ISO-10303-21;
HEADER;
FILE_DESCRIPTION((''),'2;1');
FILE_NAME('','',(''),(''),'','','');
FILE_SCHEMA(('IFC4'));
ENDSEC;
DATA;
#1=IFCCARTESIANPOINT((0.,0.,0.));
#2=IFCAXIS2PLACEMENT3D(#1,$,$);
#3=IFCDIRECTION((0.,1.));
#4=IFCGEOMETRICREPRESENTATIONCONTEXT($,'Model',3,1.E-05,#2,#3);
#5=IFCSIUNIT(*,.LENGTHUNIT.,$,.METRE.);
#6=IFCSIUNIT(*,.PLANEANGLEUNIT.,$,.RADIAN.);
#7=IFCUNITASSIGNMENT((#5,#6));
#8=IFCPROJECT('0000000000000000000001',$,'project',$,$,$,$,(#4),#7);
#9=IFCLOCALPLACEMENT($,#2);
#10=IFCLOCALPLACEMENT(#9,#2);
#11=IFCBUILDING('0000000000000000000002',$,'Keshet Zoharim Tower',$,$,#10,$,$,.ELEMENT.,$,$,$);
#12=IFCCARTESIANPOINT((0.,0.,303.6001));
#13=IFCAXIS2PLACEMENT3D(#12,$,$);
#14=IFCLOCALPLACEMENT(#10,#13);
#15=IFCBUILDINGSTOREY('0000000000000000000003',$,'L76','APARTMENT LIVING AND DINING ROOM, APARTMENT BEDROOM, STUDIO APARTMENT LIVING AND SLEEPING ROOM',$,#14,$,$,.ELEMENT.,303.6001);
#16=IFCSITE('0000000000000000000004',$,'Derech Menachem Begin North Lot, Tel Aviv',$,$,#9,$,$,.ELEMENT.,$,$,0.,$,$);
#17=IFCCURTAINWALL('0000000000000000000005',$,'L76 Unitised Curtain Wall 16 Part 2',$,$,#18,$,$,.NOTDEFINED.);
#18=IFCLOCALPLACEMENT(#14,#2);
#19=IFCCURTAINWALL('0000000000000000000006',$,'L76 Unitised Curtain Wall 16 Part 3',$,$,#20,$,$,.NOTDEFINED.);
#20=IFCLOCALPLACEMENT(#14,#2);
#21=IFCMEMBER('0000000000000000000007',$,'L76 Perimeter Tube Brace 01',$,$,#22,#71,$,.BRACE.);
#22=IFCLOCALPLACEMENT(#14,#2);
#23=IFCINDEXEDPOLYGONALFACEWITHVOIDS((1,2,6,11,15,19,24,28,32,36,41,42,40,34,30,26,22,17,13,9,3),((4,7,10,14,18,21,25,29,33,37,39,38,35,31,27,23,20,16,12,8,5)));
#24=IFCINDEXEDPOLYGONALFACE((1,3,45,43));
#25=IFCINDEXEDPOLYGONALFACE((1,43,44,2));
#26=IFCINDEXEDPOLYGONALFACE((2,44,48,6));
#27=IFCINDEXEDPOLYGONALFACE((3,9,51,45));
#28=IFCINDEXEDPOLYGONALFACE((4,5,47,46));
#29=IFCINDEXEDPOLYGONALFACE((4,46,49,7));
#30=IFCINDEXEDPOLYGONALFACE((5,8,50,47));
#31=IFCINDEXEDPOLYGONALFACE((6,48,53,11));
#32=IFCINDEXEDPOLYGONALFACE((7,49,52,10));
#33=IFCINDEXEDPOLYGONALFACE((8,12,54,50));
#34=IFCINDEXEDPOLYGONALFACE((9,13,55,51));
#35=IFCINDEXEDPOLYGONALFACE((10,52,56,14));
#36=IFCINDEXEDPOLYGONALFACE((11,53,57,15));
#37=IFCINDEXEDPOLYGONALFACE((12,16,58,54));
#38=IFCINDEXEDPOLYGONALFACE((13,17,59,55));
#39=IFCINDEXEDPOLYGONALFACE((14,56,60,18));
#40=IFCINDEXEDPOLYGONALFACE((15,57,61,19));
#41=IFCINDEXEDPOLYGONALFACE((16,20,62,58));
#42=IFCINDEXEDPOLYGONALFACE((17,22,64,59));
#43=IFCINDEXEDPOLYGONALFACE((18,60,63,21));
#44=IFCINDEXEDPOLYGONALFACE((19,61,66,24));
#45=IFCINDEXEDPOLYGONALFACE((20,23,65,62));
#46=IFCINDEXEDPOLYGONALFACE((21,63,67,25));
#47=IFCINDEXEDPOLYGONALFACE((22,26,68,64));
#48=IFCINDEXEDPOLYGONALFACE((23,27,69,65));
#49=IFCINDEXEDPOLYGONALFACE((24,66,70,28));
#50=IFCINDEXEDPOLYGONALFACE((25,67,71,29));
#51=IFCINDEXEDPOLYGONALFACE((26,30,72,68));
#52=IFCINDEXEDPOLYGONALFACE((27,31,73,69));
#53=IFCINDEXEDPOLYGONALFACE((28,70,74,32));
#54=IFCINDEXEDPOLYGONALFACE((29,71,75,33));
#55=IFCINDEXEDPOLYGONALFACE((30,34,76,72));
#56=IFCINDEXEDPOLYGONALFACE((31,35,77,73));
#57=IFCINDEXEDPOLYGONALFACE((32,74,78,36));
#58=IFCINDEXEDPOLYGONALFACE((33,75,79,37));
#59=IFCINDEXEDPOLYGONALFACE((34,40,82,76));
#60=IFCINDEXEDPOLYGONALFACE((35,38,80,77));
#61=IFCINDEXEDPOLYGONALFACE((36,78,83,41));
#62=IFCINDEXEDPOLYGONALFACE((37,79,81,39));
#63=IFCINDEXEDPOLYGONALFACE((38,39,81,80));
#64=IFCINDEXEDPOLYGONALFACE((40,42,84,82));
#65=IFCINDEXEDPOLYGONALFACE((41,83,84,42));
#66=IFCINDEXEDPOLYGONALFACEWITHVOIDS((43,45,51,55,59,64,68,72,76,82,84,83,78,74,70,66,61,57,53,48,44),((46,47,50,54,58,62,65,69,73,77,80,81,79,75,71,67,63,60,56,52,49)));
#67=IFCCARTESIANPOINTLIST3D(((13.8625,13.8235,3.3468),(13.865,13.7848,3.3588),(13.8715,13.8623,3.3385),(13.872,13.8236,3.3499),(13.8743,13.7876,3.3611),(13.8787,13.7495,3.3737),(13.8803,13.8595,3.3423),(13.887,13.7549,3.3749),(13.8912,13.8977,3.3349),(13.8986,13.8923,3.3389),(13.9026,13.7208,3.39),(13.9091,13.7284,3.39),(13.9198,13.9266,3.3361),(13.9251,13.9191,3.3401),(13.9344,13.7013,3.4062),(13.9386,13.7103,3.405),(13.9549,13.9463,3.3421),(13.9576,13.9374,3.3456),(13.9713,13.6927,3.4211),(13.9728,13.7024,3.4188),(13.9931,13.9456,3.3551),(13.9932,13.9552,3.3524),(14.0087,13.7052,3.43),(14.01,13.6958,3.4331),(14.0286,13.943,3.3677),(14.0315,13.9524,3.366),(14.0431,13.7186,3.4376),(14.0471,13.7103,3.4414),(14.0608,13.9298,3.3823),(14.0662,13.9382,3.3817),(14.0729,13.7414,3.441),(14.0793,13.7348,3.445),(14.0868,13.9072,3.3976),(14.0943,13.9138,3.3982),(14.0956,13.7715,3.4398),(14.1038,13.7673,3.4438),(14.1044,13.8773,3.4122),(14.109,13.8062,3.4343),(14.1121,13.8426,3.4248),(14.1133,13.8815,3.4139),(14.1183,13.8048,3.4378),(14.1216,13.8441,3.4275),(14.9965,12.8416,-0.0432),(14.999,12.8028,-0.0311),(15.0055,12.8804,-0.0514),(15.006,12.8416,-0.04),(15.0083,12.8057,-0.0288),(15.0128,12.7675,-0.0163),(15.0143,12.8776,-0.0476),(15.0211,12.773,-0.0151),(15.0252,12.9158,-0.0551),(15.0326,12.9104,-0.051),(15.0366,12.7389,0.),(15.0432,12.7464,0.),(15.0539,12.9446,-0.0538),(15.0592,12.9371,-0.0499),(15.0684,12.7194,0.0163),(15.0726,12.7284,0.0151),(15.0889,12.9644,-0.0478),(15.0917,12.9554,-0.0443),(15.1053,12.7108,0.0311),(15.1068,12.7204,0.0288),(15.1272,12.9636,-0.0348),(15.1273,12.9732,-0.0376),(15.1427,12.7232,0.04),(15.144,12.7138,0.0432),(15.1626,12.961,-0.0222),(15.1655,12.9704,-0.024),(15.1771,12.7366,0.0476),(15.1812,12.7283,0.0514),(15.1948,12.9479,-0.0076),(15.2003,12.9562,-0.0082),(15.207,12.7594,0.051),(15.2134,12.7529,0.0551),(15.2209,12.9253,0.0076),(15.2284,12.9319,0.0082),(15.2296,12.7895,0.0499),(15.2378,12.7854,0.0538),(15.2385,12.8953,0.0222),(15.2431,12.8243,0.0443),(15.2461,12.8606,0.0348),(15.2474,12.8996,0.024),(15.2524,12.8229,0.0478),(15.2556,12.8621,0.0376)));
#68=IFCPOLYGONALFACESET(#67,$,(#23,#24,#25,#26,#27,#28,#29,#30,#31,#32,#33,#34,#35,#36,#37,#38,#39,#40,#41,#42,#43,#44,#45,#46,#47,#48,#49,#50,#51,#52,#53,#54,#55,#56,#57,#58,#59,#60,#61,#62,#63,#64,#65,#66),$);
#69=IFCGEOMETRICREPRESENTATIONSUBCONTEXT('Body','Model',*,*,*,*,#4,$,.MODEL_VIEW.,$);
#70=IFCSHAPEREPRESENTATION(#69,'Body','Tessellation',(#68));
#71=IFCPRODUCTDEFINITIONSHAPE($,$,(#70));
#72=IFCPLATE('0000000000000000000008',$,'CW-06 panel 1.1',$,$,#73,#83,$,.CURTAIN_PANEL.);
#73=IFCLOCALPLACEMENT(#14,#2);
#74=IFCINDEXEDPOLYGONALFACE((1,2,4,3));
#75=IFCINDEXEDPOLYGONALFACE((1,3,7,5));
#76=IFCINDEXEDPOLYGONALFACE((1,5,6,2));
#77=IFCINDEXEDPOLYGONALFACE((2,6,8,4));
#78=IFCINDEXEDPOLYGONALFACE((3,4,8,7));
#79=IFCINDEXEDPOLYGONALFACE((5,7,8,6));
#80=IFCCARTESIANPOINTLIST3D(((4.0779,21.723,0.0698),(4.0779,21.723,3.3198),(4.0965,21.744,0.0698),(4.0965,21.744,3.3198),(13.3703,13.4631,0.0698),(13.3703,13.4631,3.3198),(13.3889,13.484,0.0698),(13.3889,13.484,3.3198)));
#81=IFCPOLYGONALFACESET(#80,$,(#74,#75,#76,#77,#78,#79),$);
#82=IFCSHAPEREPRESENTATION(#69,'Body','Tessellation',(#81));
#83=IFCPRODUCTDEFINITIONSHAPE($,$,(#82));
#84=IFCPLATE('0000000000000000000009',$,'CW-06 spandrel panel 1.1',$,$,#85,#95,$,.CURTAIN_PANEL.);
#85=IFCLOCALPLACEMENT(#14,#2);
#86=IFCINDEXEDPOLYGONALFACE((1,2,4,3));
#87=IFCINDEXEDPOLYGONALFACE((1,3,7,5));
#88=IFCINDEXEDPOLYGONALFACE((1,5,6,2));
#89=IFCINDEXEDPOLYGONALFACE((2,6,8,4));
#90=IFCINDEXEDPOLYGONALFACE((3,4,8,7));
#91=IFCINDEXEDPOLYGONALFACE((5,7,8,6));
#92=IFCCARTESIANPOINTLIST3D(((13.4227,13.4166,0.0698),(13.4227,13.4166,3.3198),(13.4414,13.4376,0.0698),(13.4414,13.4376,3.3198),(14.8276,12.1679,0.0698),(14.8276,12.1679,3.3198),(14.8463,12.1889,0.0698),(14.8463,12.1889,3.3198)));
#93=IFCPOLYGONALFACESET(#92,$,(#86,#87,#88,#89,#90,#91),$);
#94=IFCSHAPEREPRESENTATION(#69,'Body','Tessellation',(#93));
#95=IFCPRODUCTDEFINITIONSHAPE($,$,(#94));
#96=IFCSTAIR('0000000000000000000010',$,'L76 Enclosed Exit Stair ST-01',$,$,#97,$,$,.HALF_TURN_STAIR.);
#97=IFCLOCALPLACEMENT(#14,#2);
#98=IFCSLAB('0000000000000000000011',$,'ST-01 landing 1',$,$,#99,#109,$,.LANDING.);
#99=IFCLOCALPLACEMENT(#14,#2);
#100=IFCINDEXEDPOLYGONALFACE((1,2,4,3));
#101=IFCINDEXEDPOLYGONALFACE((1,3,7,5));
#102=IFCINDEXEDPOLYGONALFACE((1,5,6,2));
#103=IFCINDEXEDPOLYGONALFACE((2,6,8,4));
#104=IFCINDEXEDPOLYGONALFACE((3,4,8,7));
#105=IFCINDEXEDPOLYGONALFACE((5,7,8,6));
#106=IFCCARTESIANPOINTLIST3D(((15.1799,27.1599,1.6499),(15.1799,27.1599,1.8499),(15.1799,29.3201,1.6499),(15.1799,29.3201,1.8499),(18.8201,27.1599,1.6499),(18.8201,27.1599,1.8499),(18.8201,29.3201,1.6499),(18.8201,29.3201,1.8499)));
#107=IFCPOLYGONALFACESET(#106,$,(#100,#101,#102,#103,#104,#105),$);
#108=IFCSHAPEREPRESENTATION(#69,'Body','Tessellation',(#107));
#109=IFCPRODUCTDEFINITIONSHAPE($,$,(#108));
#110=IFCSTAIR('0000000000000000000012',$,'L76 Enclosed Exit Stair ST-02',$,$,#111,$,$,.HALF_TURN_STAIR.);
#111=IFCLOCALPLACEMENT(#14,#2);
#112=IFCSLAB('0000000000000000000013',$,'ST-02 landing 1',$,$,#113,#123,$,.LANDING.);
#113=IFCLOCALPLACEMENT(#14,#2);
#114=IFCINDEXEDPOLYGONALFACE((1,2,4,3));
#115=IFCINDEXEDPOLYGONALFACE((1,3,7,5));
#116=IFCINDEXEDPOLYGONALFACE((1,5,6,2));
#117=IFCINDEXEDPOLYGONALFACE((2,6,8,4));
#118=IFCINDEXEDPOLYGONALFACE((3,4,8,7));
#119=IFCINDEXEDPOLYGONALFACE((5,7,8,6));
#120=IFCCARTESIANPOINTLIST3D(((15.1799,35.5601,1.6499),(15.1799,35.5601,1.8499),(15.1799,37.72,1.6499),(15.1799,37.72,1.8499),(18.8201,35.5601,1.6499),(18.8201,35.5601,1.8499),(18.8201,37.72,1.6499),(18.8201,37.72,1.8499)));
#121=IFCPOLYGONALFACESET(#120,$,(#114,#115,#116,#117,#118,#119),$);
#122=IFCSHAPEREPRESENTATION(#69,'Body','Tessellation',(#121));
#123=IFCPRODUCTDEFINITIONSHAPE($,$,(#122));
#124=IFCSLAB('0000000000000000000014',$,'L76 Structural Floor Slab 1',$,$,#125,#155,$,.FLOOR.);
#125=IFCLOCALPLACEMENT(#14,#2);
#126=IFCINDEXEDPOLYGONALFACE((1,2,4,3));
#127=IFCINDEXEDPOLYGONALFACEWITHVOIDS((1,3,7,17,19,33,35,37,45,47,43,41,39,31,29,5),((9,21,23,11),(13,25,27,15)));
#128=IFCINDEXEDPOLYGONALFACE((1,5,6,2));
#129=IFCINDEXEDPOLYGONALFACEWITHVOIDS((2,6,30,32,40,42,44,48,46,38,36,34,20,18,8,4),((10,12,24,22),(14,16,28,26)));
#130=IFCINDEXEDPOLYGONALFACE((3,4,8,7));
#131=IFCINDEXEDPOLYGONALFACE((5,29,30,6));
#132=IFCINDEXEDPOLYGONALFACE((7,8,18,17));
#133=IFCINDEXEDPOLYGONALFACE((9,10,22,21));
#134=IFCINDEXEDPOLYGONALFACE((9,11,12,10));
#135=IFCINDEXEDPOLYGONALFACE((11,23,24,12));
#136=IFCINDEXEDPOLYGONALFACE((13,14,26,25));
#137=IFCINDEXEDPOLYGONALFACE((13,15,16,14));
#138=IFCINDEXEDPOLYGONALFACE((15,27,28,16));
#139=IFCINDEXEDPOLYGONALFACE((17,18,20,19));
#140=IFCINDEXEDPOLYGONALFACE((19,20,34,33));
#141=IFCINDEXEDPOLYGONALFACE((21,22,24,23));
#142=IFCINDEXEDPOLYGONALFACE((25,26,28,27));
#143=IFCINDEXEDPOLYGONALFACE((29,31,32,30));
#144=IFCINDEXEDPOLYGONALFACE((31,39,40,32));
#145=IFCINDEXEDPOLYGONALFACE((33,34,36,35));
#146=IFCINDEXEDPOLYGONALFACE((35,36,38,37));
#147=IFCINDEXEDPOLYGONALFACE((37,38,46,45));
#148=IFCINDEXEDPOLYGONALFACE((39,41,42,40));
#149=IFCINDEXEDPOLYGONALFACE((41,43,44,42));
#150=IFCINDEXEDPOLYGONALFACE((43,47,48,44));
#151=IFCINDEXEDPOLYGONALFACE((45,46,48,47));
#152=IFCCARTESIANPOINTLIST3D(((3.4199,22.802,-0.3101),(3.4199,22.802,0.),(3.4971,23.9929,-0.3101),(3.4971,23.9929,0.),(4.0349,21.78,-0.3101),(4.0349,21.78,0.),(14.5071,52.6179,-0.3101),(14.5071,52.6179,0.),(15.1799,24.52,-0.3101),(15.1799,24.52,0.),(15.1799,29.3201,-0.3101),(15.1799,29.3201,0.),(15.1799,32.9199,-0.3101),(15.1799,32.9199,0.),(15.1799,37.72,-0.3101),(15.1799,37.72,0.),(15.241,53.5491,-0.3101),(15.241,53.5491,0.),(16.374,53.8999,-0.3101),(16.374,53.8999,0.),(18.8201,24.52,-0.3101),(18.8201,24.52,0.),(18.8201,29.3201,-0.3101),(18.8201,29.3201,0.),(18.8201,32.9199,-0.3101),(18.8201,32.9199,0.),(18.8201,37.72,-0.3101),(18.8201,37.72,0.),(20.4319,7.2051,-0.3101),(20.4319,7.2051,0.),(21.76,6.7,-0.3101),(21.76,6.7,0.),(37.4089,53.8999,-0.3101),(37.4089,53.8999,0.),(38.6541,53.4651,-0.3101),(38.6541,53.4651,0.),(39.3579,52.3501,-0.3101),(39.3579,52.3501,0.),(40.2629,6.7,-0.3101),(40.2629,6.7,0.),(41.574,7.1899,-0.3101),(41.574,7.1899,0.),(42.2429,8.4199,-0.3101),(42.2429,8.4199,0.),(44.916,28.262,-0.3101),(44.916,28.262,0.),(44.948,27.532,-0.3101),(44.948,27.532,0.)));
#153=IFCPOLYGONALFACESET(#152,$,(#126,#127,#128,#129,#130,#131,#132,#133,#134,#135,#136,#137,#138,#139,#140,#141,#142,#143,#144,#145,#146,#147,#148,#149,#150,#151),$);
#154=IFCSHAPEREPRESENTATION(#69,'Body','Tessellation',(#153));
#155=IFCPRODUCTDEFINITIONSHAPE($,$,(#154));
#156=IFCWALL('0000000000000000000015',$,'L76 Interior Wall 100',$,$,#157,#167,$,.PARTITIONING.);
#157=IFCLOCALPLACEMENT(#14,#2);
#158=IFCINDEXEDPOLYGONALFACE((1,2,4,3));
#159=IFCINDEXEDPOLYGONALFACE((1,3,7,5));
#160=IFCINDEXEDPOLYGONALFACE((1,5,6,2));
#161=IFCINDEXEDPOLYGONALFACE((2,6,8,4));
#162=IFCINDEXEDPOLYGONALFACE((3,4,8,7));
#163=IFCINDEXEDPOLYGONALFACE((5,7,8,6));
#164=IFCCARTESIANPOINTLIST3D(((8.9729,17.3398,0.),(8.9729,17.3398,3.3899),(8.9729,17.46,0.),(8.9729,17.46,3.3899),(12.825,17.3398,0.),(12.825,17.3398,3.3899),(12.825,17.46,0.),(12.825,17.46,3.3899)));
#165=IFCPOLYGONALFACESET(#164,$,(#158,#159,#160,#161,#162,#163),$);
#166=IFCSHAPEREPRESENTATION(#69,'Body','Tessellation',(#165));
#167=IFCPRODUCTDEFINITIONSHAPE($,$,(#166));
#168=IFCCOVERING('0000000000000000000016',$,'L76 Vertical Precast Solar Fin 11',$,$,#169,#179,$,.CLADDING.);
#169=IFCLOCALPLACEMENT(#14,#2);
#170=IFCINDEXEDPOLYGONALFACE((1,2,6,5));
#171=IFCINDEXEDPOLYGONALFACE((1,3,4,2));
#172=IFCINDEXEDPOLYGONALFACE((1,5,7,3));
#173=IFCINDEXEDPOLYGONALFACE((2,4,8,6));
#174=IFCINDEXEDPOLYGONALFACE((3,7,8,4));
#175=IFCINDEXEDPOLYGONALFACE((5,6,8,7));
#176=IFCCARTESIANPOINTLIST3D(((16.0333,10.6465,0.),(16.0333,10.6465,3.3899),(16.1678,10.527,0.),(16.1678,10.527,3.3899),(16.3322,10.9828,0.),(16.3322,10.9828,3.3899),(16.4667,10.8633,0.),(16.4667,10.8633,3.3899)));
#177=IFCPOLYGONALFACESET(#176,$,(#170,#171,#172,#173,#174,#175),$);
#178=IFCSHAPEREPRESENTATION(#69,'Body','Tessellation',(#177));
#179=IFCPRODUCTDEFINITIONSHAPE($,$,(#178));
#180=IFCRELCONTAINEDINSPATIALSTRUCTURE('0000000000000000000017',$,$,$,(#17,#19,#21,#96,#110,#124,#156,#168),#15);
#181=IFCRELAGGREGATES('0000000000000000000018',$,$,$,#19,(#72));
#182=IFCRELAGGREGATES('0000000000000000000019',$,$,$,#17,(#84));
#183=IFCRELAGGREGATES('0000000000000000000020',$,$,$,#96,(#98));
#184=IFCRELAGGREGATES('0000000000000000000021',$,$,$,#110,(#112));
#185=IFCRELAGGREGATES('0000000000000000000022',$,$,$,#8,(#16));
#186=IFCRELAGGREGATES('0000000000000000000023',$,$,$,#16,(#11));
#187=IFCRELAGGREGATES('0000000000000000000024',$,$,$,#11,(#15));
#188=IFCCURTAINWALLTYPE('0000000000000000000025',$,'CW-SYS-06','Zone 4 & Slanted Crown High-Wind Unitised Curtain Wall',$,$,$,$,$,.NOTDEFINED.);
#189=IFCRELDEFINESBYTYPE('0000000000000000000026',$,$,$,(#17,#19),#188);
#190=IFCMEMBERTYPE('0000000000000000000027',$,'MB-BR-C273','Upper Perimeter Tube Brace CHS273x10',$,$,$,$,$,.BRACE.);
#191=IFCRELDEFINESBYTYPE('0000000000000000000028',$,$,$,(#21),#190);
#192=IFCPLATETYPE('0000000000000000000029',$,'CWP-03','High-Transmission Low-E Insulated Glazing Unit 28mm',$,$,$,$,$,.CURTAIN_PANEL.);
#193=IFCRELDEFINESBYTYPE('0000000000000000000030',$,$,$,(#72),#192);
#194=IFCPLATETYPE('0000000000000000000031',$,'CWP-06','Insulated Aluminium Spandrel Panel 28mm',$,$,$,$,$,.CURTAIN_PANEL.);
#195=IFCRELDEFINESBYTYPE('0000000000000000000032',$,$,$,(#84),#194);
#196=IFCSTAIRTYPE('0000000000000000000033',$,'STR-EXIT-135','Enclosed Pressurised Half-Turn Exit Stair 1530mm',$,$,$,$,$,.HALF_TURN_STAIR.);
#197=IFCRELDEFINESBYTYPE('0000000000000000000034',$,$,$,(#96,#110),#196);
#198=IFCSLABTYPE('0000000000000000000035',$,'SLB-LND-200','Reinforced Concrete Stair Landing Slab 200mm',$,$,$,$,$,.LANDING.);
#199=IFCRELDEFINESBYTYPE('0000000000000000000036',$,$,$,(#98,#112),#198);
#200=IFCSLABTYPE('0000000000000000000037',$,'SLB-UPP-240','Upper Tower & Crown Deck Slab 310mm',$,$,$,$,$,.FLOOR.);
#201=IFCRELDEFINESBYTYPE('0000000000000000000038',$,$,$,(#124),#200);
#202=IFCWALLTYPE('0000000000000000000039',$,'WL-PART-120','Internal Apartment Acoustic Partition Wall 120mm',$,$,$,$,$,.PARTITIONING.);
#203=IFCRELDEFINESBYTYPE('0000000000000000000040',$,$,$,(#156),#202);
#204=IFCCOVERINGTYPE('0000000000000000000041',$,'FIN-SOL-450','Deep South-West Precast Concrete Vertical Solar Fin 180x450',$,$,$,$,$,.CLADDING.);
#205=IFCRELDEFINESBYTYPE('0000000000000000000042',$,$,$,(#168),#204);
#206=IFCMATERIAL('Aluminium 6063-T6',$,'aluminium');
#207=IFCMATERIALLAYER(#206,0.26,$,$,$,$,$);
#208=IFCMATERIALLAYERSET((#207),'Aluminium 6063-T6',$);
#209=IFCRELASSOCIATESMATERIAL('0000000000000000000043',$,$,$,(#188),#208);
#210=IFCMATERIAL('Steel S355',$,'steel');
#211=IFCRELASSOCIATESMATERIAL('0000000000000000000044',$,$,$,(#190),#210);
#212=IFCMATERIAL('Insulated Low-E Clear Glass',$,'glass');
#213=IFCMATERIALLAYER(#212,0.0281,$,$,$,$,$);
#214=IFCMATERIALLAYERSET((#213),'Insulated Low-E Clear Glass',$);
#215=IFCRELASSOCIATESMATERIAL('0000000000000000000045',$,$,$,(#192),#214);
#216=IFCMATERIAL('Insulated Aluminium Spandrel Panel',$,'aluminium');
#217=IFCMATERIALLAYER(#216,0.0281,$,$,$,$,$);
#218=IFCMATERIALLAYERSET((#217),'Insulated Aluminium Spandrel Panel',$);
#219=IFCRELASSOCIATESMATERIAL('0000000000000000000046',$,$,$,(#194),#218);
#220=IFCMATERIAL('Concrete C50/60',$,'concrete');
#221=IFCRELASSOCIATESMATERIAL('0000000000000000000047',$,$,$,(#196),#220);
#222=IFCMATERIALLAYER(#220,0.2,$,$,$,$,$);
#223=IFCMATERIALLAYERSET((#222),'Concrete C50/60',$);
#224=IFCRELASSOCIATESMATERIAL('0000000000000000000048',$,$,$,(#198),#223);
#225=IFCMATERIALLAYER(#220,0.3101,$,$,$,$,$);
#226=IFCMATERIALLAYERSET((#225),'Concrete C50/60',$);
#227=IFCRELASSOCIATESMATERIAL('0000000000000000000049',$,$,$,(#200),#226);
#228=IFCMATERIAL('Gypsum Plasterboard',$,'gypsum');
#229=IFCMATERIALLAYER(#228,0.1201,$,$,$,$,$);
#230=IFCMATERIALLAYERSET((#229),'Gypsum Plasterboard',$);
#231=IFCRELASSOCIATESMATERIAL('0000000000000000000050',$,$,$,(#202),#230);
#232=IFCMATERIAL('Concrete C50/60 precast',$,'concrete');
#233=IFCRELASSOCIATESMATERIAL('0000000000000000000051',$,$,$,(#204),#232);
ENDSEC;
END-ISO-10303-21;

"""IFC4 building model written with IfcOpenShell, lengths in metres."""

from ifc_helpers import new_model, si_unit, direction, frame, frame_2d, origin, origin_2d, place, context, subcontext, project, spatial, polyline, rectangle, hollow_circle, outline, extrude, material, layer, layer_set, material_profile, profile_set, type_object, element, aggregate, save


model = new_model("IFC4")

# Units and contexts
model_context = context("Model", 3, precision=1e-05, world=origin(), true_north=direction((0.0, 1.0)))
body_context = subcontext(model_context, "Body", "Model", "MODEL_VIEW")
ifc_project = project(units=[si_unit("LENGTHUNIT", "METRE"), si_unit("PLANEANGLEUNIT", "RADIAN")], contexts=[model_context])

# Site, building, storey
site_placement = place(None, origin())
site = spatial("IfcSite", under=ifc_project, at=site_placement, Name="Derech Menachem Begin North Lot, Tel Aviv", CompositionType="ELEMENT", RefElevation=0.0)
building_placement = place(site_placement, origin())
building = spatial("IfcBuilding", under=site, at=building_placement, Name="Keshet Zoharim Tower", CompositionType="ELEMENT")
storey_placement = place(building_placement, frame((0.0, 0.0, 303.6001)))
storey = spatial("IfcBuildingStorey", under=building, at=storey_placement, Name="L76", Description="APARTMENT LIVING AND DINING ROOM, APARTMENT BEDROOM, STUDIO APARTMENT LIVING AND SLEEPING ROOM", CompositionType="ELEMENT", Elevation=303.6001)

# Shared definitions
ifc_material_1 = material(Name="Steel S355", Category="steel")
ifc_material_2 = material(Name="Concrete C50/60", Category="concrete")

# Shared definitions
ifc_material_3 = material(Name="Aluminium 6063-T6", Category="aluminium")
ifc_layer_1 = layer(ifc_material_3, 0.26)
ifc_layer_set_1 = layer_set([ifc_layer_1], Name="Aluminium 6063-T6")
curtain_wall_type = type_object("IfcCurtainWallType", Name="CW-SYS-06", Description="Zone 4 & Slanted Crown High-Wind Unitised Curtain Wall", PredefinedType="NOTDEFINED", material=ifc_layer_set_1)

# Curtain walls
curtain_wall_1_placement = place(storey_placement, origin())
curtain_wall_1 = element("IfcCurtainWall", 1, at=curtain_wall_1_placement, inside=storey, type_object=curtain_wall_type, Name="L76 Unitised Curtain Wall 16 Part 2", PredefinedType="NOTDEFINED")
curtain_wall_2_placement = place(storey_placement, origin())
curtain_wall_2 = element("IfcCurtainWall", 2, at=curtain_wall_2_placement, inside=storey, type_object=curtain_wall_type, Name="L76 Unitised Curtain Wall 16 Part 3", PredefinedType="NOTDEFINED")

# Member
ifc_material_profile_1 = material_profile(ifc_material_1, hollow_circle(Radius=0.1365, WallThickness=0.01, at=origin_2d()), Name="CHS273x10")
ifc_profile_set_1 = profile_set([ifc_material_profile_1], Name="Steel S355")
member_type_1 = type_object("IfcMemberType", Name="MB-BR-C273", Description="Upper Perimeter Tube Brace CHS273x10", PredefinedType="BRACE", material=ifc_profile_set_1)
member_1_placement = place(storey_placement, frame((15.126, 12.842, 0.0), z_axis=(-0.30592, 0.264889, 0.914466), x_axis=(-0.65459, -0.755984, 0.0)))
element("IfcMember", 3, at=member_1_placement, inside=storey, type_object=member_type_1, Name="L76 Perimeter Tube Brace 01", PredefinedType="BRACE", context=body_context, shape_type="SweptSolid", body=[
    extrude(hollow_circle(Radius=0.1365, WallThickness=0.01, at=origin_2d()), origin(), (0.0, 0.0, 1.0), 3.707),
])

# Plates
ifc_material_4 = material(Name="Insulated Low-E Clear Glass", Category="glass")
ifc_layer_2 = layer(ifc_material_4, 0.0281)
ifc_layer_set_2 = layer_set([ifc_layer_2], Name="Insulated Low-E Clear Glass")
plate_type_1 = type_object("IfcPlateType", Name="CWP-03", Description="High-Transmission Low-E Insulated Glazing Unit 28mm", PredefinedType="CURTAIN_PANEL", material=ifc_layer_set_2)
plate_1_placement = place(storey_placement, frame((8.7334, 17.6035, 0.0698), z_axis=(0.0, 0.0, 1.0), x_axis=(-0.747409, 0.664364, 0.0)))
plate_1 = element("IfcPlate", 4, at=plate_1_placement, type_object=plate_type_1, Name="CW-06 panel 1.1", PredefinedType="CURTAIN_PANEL", context=body_context, shape_type="SweptSolid", body=[
    extrude(rectangle(XDim=12.4329, YDim=0.0281, at=origin_2d()), origin(), (0.0, 0.0, 1.0), 3.25),
])
aggregate(curtain_wall_2, [plate_1])
ifc_material_5 = material(Name="Insulated Aluminium Spandrel Panel", Category="aluminium")
ifc_layer_3 = layer(ifc_material_5, 0.0281)
ifc_layer_set_3 = layer_set([ifc_layer_3], Name="Insulated Aluminium Spandrel Panel")
plate_type_2 = type_object("IfcPlateType", Name="CWP-06", Description="Insulated Aluminium Spandrel Panel 28mm", PredefinedType="CURTAIN_PANEL", material=ifc_layer_set_3)
plate_2_placement = place(storey_placement, frame((14.1345, 12.8027, 0.0698), z_axis=(0.0, 0.0, 1.0), x_axis=(-0.747432, 0.664338, 0.0)))
plate_2 = element("IfcPlate", 5, at=plate_2_placement, type_object=plate_type_2, Name="CW-06 spandrel panel 1.1", PredefinedType="CURTAIN_PANEL", context=body_context, shape_type="SweptSolid", body=[
    extrude(rectangle(XDim=1.8796, YDim=0.0281, at=origin_2d()), origin(), (0.0, 0.0, 1.0), 3.25),
])
aggregate(curtain_wall_1, [plate_2])

# Stairs, slabs
stair_type = type_object("IfcStairType", Name="STR-EXIT-135", Description="Enclosed Pressurised Half-Turn Exit Stair 1530mm", PredefinedType="HALF_TURN_STAIR", material=ifc_material_2)
stair_1_placement = place(storey_placement, origin())
stair_1 = element("IfcStair", 6, at=stair_1_placement, inside=storey, type_object=stair_type, Name="L76 Enclosed Exit Stair ST-01", PredefinedType="HALF_TURN_STAIR")
ifc_layer_4 = layer(ifc_material_2, 0.2)
ifc_layer_set_4 = layer_set([ifc_layer_4], Name="Concrete C50/60")
slab_type_1 = type_object("IfcSlabType", Name="SLB-LND-200", Description="Reinforced Concrete Stair Landing Slab 200mm", PredefinedType="LANDING", material=ifc_layer_set_4)
slab_1_placement = place(storey_placement, frame((0.0, 0.0, 1.6499)))
slab_1 = element("IfcSlab", 7, at=slab_1_placement, type_object=slab_type_1, Name="ST-01 landing 1", PredefinedType="LANDING", context=body_context, shape_type="SweptSolid", body=[
    extrude(outline(polyline([(15.1799, 27.1599), (18.8201, 27.1599), (18.8201, 29.3201), (15.1799, 29.3201), (15.1799, 27.1599)])), origin(), (0.0, 0.0, 1.0), 0.2),
])
aggregate(stair_1, [slab_1])
stair_2_placement = place(storey_placement, origin())
stair_2 = element("IfcStair", 8, at=stair_2_placement, inside=storey, type_object=stair_type, Name="L76 Enclosed Exit Stair ST-02", PredefinedType="HALF_TURN_STAIR")
slab_2_placement = place(storey_placement, frame((0.0, 0.0, 1.6499)))
slab_2 = element("IfcSlab", 9, at=slab_2_placement, type_object=slab_type_1, Name="ST-02 landing 1", PredefinedType="LANDING", context=body_context, shape_type="SweptSolid", body=[
    extrude(outline(polyline([(15.1799, 35.5601), (18.8201, 35.5601), (18.8201, 37.72), (15.1799, 37.72), (15.1799, 35.5601)])), origin(), (0.0, 0.0, 1.0), 0.2),
])
aggregate(stair_2, [slab_2])

# Slab
ifc_layer_5 = layer(ifc_material_2, 0.3101)
ifc_layer_set_5 = layer_set([ifc_layer_5], Name="Concrete C50/60")
slab_type_2 = type_object("IfcSlabType", Name="SLB-UPP-240", Description="Upper Tower & Crown Deck Slab 310mm", PredefinedType="FLOOR", material=ifc_layer_set_5)
slab_3_placement = place(storey_placement, frame((0.0, 0.0, -0.3101)))
element("IfcSlab", 10, at=slab_3_placement, inside=storey, type_object=slab_type_2, Name="L76 Structural Floor Slab 1", PredefinedType="FLOOR", context=body_context, shape_type="SweptSolid", body=[
    extrude(outline(polyline([(4.0349, 21.78), (3.4199, 22.802), (3.4971, 23.9929), (14.5071, 52.6179), (15.241, 53.5491), (16.374, 53.8999), (37.4089, 53.8999), (38.6541, 53.4651), (39.3579, 52.3501), (44.916, 28.262), (44.948, 27.532), (42.2429, 8.4199), (41.574, 7.1899), (40.2629, 6.7), (21.76, 6.7), (20.4319, 7.2051), (4.0349, 21.78)]), holes=[polyline([(15.1799, 24.52), (18.8201, 24.52), (18.8201, 29.3201), (15.1799, 29.3201), (15.1799, 24.52)]), polyline([(15.1799, 32.9199), (18.8201, 32.9199), (18.8201, 37.72), (15.1799, 37.72), (15.1799, 32.9199)])]), origin(), (0.0, 0.0, 1.0), 0.3101),
])

# Shared definitions
ifc_material_6 = material(Name="Gypsum Plasterboard", Category="gypsum")

# Wall
ifc_layer_6 = layer(ifc_material_6, 0.1201)
ifc_layer_set_6 = layer_set([ifc_layer_6], Name="Gypsum Plasterboard")
wall_type_1 = type_object("IfcWallType", Name="WL-PART-120", Description="Internal Apartment Acoustic Partition Wall 120mm", PredefinedType="PARTITIONING", material=ifc_layer_set_6)
wall_1_placement = place(storey_placement, frame((8.9729, 17.3999, 0.0), z_axis=(0.0, 0.0, 1.0), x_axis=(1.0, 0.0, 0.0)))
element("IfcWall", 11, at=wall_1_placement, inside=storey, type_object=wall_type_1, Name="L76 Interior Wall 100", PredefinedType="PARTITIONING", context=body_context, shape_type="SweptSolid", body=[
    extrude(rectangle(XDim=3.8521, YDim=0.1201, at=frame_2d((1.926, 0.0))), origin(), (0.0, 0.0, 1.0), 3.3899),
])

# Covering
ifc_material_7 = material(Name="Concrete C50/60 precast", Category="concrete")
covering_type = type_object("IfcCoveringType", Name="FIN-SOL-450", Description="Deep South-West Precast Concrete Vertical Solar Fin 180x450", PredefinedType="CLADDING", material=ifc_material_7)
covering_placement = place(storey_placement, frame((16.25, 10.7549, 0.0), z_axis=(0.0, 0.0, 1.0), x_axis=(-0.747412, 0.664361, 0.0)))
element("IfcCovering", 12, at=covering_placement, inside=storey, type_object=covering_type, Name="L76 Vertical Precast Solar Fin 11", PredefinedType="CLADDING", context=body_context, shape_type="SweptSolid", body=[
    extrude(rectangle(XDim=0.1799, YDim=0.45, at=origin_2d()), origin(), (0.0, 0.0, 1.0), 3.3899),
])

save(model, "model.ifc")
